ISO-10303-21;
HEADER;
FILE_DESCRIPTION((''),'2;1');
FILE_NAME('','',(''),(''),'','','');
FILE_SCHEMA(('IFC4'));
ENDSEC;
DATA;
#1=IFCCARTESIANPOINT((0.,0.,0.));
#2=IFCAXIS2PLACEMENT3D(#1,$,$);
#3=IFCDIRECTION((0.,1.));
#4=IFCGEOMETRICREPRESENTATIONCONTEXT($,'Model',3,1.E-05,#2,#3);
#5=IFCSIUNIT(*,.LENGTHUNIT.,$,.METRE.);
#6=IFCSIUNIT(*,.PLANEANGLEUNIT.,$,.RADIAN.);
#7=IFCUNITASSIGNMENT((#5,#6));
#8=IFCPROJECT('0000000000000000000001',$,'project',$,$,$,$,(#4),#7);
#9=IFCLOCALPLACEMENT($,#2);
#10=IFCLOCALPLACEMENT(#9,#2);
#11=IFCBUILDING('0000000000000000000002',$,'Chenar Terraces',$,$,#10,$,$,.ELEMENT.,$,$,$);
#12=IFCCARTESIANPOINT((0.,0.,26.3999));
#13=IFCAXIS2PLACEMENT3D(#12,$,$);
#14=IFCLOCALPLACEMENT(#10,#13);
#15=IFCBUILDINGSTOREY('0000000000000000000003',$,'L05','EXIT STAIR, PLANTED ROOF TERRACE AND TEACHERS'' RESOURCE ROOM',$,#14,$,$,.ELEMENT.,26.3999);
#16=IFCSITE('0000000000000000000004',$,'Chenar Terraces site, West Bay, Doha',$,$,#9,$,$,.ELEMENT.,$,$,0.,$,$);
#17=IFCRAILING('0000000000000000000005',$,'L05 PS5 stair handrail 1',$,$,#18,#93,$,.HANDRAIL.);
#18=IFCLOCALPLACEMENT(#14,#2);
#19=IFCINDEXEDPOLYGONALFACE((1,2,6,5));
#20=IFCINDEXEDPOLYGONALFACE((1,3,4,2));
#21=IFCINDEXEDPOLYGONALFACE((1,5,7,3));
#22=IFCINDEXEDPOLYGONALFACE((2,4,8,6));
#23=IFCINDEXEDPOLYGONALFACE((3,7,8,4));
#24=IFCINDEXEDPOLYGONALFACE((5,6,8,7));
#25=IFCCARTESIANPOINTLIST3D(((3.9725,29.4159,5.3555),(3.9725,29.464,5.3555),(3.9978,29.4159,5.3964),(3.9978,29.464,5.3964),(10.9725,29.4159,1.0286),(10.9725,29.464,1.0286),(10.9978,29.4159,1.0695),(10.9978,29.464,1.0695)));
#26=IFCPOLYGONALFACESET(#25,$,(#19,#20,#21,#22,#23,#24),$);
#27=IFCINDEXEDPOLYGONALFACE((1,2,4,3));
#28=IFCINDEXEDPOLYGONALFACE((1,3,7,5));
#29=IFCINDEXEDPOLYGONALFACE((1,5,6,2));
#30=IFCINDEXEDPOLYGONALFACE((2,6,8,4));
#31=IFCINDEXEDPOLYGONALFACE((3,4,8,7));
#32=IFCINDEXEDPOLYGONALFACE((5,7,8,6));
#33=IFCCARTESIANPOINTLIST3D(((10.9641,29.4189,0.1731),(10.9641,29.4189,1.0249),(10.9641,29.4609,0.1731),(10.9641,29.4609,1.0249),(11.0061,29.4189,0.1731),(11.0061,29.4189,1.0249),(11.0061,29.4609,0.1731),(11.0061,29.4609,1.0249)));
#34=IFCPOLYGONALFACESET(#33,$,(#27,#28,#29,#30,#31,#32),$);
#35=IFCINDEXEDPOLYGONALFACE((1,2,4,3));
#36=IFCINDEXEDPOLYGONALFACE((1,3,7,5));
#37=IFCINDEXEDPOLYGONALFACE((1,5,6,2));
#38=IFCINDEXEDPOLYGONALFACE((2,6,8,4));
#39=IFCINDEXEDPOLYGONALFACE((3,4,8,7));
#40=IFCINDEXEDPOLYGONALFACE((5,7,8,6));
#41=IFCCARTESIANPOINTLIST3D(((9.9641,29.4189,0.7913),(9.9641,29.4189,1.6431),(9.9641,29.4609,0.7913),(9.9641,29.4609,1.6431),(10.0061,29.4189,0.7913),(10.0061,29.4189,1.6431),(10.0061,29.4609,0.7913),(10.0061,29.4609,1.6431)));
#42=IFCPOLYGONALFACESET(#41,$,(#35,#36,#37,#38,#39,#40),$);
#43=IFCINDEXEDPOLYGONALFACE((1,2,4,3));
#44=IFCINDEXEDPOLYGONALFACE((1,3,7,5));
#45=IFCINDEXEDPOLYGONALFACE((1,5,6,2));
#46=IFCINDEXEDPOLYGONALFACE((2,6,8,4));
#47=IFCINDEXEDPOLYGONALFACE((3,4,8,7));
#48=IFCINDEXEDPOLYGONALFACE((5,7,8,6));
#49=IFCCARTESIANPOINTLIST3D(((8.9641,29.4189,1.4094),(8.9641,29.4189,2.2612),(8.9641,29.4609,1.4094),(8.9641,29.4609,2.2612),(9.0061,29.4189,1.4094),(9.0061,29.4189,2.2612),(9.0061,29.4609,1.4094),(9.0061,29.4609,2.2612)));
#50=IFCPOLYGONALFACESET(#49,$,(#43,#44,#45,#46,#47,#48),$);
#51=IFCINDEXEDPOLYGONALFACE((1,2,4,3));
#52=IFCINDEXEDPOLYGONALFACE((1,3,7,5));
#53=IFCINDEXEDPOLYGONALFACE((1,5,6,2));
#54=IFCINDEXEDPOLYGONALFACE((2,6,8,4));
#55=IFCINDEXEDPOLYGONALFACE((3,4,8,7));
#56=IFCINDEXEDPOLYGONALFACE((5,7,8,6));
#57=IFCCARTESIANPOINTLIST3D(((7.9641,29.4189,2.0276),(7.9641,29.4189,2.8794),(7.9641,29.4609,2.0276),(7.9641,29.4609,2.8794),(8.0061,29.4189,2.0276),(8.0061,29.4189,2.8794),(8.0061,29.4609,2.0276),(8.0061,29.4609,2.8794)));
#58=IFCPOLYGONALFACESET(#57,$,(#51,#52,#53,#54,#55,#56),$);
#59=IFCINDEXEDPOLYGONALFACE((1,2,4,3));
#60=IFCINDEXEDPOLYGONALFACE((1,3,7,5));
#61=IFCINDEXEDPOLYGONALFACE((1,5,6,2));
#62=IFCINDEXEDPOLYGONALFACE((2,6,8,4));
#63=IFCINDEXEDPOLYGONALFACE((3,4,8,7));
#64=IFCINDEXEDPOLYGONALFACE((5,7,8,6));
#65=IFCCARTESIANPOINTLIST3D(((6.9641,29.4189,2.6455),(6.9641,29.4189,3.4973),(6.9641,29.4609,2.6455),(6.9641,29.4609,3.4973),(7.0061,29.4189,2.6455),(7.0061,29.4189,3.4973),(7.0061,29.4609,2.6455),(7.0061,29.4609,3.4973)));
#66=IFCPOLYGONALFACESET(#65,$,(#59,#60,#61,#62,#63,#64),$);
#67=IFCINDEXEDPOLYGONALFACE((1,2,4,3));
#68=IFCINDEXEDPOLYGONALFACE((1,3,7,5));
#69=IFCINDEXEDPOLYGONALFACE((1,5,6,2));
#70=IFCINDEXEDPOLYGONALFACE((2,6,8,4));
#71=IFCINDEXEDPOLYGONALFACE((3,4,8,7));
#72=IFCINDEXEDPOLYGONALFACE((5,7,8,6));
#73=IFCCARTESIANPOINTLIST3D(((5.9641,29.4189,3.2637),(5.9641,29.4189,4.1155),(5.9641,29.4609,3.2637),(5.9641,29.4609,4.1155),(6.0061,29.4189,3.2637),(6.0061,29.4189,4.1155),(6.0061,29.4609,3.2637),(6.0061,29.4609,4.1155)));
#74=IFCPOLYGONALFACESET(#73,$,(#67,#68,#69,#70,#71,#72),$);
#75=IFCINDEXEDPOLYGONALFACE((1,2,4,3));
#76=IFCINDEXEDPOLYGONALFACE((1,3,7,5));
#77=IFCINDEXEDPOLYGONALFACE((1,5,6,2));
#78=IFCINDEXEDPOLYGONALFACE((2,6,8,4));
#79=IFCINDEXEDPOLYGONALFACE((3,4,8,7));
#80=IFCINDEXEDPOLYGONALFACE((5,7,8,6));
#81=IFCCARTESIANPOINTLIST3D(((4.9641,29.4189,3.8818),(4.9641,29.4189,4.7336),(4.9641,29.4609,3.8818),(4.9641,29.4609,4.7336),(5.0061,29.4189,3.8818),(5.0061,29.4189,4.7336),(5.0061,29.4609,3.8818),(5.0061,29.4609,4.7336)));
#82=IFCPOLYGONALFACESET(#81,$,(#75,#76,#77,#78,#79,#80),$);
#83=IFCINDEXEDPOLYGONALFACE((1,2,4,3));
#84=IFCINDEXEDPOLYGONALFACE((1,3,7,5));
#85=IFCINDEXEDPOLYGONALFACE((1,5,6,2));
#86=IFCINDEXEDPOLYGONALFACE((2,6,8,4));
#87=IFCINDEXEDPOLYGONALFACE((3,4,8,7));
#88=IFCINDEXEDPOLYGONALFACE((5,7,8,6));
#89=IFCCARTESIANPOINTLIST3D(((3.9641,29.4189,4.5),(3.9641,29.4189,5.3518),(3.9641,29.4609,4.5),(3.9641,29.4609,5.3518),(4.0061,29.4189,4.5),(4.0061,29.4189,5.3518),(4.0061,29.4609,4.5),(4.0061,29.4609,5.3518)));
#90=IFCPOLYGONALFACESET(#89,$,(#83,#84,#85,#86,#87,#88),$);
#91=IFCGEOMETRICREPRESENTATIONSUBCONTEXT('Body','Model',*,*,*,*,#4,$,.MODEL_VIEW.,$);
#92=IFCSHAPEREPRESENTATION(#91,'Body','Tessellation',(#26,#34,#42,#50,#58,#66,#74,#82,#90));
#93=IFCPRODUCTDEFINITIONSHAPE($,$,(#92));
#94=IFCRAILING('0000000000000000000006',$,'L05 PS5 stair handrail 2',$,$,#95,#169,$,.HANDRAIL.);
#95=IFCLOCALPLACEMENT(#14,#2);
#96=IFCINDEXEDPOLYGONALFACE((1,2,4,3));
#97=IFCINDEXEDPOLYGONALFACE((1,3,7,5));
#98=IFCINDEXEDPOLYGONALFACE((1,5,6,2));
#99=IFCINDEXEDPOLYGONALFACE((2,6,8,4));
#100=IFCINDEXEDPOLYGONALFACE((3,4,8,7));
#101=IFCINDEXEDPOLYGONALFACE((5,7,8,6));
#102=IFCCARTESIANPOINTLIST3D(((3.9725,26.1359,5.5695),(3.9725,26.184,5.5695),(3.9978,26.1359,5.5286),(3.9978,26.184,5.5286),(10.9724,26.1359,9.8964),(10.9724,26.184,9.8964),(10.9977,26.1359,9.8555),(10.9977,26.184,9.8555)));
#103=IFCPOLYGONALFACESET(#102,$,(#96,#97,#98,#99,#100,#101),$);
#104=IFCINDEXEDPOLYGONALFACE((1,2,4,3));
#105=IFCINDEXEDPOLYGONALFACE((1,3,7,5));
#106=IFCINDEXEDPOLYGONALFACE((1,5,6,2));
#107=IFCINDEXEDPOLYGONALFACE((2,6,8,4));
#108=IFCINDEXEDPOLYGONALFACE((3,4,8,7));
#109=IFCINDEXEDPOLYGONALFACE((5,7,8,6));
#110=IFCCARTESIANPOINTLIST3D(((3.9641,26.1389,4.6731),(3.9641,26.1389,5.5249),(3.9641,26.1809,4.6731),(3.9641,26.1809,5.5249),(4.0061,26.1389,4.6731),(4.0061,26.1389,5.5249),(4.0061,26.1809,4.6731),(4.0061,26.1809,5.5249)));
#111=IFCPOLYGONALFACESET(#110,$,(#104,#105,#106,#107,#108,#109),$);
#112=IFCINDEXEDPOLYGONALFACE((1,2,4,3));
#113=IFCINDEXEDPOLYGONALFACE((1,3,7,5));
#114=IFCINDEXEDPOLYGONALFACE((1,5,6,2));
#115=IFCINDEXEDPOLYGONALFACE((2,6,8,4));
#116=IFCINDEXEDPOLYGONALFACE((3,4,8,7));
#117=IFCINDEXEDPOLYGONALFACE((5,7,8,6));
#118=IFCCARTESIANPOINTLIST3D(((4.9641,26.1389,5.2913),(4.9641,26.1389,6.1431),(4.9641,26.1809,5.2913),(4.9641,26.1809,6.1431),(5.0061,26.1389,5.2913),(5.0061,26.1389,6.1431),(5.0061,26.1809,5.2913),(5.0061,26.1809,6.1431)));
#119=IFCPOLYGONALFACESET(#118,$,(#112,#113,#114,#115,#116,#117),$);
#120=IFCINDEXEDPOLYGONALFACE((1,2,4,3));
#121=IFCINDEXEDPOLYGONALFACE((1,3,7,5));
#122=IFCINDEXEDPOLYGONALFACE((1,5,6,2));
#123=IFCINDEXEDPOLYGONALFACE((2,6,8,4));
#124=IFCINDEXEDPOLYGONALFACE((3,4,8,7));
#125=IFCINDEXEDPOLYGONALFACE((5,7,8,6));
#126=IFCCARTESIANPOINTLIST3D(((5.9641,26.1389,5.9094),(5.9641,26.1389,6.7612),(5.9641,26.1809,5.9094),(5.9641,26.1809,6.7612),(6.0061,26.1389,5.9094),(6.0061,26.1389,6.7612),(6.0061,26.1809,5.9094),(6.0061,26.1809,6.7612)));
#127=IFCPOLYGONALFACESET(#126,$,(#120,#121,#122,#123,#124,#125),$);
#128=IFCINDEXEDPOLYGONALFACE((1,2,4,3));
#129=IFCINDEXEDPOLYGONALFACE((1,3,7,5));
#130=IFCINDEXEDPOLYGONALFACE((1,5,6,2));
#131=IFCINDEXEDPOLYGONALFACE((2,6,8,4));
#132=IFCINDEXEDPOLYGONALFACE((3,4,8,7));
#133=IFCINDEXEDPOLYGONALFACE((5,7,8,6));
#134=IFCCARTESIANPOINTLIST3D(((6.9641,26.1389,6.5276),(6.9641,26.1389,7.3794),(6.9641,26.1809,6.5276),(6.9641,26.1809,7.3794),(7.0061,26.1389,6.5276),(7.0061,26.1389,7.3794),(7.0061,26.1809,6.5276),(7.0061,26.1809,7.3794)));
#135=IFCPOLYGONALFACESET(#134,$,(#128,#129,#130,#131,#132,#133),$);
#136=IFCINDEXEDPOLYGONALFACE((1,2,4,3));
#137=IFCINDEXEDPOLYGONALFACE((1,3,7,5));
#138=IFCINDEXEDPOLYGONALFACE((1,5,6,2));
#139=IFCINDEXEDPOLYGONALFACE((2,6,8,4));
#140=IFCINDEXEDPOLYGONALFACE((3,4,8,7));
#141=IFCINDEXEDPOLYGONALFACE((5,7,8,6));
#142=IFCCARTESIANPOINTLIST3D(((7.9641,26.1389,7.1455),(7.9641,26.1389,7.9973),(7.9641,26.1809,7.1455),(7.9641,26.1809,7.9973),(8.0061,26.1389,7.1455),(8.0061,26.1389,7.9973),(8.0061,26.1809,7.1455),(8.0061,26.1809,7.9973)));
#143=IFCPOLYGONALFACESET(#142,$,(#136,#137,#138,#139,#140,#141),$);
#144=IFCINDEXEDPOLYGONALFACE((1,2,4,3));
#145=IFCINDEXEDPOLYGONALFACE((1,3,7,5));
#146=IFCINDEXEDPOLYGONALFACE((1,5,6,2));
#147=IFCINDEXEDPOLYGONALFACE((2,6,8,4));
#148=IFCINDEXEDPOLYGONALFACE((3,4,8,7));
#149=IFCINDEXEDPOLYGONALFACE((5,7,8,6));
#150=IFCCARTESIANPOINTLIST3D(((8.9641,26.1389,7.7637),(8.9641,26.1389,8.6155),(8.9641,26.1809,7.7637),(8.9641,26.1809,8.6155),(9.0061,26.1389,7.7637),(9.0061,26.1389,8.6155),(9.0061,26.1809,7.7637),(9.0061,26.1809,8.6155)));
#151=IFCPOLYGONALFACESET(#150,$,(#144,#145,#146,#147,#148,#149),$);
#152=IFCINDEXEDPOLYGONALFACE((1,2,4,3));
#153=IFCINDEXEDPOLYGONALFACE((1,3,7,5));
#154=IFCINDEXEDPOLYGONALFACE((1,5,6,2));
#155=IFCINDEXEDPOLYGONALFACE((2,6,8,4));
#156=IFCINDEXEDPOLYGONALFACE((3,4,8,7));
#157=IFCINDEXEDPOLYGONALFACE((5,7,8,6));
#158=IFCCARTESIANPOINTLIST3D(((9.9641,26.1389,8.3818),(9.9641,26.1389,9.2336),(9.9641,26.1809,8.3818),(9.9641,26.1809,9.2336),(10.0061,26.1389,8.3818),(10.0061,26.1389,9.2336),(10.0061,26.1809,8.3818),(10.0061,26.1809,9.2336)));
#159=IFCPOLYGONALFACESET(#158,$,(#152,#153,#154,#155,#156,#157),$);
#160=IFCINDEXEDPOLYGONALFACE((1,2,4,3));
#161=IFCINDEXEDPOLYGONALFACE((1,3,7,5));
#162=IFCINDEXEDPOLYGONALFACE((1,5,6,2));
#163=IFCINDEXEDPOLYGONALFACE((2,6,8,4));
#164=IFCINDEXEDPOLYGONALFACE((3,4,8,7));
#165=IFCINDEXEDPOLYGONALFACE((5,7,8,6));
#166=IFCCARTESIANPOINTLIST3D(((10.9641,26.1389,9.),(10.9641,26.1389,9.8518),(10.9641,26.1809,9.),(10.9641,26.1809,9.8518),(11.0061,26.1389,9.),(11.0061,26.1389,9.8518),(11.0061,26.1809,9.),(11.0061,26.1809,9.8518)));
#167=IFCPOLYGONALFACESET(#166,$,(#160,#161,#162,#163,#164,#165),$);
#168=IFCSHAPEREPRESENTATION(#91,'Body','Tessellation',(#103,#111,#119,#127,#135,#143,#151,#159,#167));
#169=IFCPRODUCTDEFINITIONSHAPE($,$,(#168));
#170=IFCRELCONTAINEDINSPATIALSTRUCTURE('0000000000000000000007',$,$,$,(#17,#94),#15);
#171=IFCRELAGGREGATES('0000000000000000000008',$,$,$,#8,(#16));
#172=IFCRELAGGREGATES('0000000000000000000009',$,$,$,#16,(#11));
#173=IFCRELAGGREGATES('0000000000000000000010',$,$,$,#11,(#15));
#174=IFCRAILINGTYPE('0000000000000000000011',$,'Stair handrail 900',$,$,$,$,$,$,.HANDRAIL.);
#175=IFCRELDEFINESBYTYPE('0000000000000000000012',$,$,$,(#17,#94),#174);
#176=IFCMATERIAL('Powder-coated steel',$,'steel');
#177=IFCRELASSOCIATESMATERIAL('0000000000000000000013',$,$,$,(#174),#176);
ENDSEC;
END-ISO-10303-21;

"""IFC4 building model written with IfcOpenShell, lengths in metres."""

from ifc_helpers import new_model, si_unit, direction, frame, origin, origin_2d, place, context, subcontext, project, spatial, rectangle, extrude, material, type_object, element, save


model = new_model("IFC4")

# Units and contexts
model_context = context("Model", 3, precision=1e-05, world=origin(), true_north=direction((0.0, 1.0)))
body_context = subcontext(model_context, "Body", "Model", "MODEL_VIEW")
ifc_project = project(units=[si_unit("LENGTHUNIT", "METRE"), si_unit("PLANEANGLEUNIT", "RADIAN")], contexts=[model_context])

# Site, building, storey
site_placement = place(None, origin())
site = spatial("IfcSite", under=ifc_project, at=site_placement, Name="Chenar Terraces site, West Bay, Doha", CompositionType="ELEMENT", RefElevation=0.0)
building_placement = place(site_placement, origin())
building = spatial("IfcBuilding", under=site, at=building_placement, Name="Chenar Terraces", CompositionType="ELEMENT")
storey_placement = place(building_placement, frame((0.0, 0.0, 26.3999)))
storey = spatial("IfcBuildingStorey", under=building, at=storey_placement, Name="L05", Description="EXIT STAIR, PLANTED ROOF TERRACE AND TEACHERS' RESOURCE ROOM", CompositionType="ELEMENT", Elevation=26.3999)

# Railings
ifc_material_1 = material(Name="Powder-coated steel", Category="steel")
railing_type_1 = type_object("IfcRailingType", Name="Stair handrail 900", PredefinedType="HANDRAIL", material=ifc_material_1)
railing_1_placement = place(storey_placement, frame((10.9851, 29.4399, 0.1731)))
element("IfcRailing", 1, at=railing_1_placement, inside=storey, type_object=railing_type_1, Name="L05 PS5 stair handrail 1", PredefinedType="HANDRAIL", context=body_context, shape_type="SweptSolid", body=[
    extrude(rectangle(XDim=0.0481, YDim=0.0481, at=origin_2d()), frame((0.0, 0.0, 0.876), z_axis=(-0.850615, 0.0, 0.52579), x_axis=(0.0, -1.0, 0.0)), (0.0, 0.0, 1.0), 8.2292),
    extrude(rectangle(XDim=0.042, YDim=0.042, at=origin_2d()), origin(), (0.0, 0.0, 1.0), 0.8518),
    extrude(rectangle(XDim=0.042, YDim=0.042, at=origin_2d()), frame((-1.0, 0.0, 0.6182)), (0.0, 0.0, 1.0), 0.8518),
    extrude(rectangle(XDim=0.042, YDim=0.042, at=origin_2d()), frame((-2.0, 0.0, 1.2363)), (0.0, 0.0, 1.0), 0.8518),
    extrude(rectangle(XDim=0.042, YDim=0.042, at=origin_2d()), frame((-3.0, 0.0, 1.8545)), (0.0, 0.0, 1.0), 0.8518),
    extrude(rectangle(XDim=0.042, YDim=0.042, at=origin_2d()), frame((-4.0, 0.0, 2.4724)), (0.0, 0.0, 1.0), 0.8518),
    extrude(rectangle(XDim=0.042, YDim=0.042, at=origin_2d()), frame((-5.0, 0.0, 3.0906)), (0.0, 0.0, 1.0), 0.8518),
    extrude(rectangle(XDim=0.042, YDim=0.042, at=origin_2d()), frame((-6.0, 0.0, 3.7087)), (0.0, 0.0, 1.0), 0.8518),
    extrude(rectangle(XDim=0.042, YDim=0.042, at=origin_2d()), frame((-7.0, 0.0, 4.3269)), (0.0, 0.0, 1.0), 0.8518),
])
railing_2_placement = place(storey_placement, frame((3.9851, 26.1599, 4.6731)))
element("IfcRailing", 2, at=railing_2_placement, inside=storey, type_object=railing_type_1, Name="L05 PS5 stair handrail 2", PredefinedType="HANDRAIL", context=body_context, shape_type="SweptSolid", body=[
    extrude(rectangle(XDim=0.0481, YDim=0.0481, at=origin_2d()), frame((0.0, 0.0, 0.876), z_axis=(0.850615, 0.0, 0.52579), x_axis=(0.0, 1.0, 0.0)), (0.0, 0.0, 1.0), 8.2292),
    extrude(rectangle(XDim=0.042, YDim=0.042, at=origin_2d()), origin(), (0.0, 0.0, 1.0), 0.8518),
    extrude(rectangle(XDim=0.042, YDim=0.042, at=origin_2d()), frame((1.0, 0.0, 0.6182)), (0.0, 0.0, 1.0), 0.8518),
    extrude(rectangle(XDim=0.042, YDim=0.042, at=origin_2d()), frame((2.0, 0.0, 1.2363)), (0.0, 0.0, 1.0), 0.8518),
    extrude(rectangle(XDim=0.042, YDim=0.042, at=origin_2d()), frame((3.0, 0.0, 1.8545)), (0.0, 0.0, 1.0), 0.8518),
    extrude(rectangle(XDim=0.042, YDim=0.042, at=origin_2d()), frame((4.0, 0.0, 2.4724)), (0.0, 0.0, 1.0), 0.8518),
    extrude(rectangle(XDim=0.042, YDim=0.042, at=origin_2d()), frame((5.0, 0.0, 3.0906)), (0.0, 0.0, 1.0), 0.8518),
    extrude(rectangle(XDim=0.042, YDim=0.042, at=origin_2d()), frame((6.0, 0.0, 3.7087)), (0.0, 0.0, 1.0), 0.8518),
    extrude(rectangle(XDim=0.042, YDim=0.042, at=origin_2d()), frame((7.0, 0.0, 4.3269)), (0.0, 0.0, 1.0), 0.8518),
])

save(model, "model.ifc")
